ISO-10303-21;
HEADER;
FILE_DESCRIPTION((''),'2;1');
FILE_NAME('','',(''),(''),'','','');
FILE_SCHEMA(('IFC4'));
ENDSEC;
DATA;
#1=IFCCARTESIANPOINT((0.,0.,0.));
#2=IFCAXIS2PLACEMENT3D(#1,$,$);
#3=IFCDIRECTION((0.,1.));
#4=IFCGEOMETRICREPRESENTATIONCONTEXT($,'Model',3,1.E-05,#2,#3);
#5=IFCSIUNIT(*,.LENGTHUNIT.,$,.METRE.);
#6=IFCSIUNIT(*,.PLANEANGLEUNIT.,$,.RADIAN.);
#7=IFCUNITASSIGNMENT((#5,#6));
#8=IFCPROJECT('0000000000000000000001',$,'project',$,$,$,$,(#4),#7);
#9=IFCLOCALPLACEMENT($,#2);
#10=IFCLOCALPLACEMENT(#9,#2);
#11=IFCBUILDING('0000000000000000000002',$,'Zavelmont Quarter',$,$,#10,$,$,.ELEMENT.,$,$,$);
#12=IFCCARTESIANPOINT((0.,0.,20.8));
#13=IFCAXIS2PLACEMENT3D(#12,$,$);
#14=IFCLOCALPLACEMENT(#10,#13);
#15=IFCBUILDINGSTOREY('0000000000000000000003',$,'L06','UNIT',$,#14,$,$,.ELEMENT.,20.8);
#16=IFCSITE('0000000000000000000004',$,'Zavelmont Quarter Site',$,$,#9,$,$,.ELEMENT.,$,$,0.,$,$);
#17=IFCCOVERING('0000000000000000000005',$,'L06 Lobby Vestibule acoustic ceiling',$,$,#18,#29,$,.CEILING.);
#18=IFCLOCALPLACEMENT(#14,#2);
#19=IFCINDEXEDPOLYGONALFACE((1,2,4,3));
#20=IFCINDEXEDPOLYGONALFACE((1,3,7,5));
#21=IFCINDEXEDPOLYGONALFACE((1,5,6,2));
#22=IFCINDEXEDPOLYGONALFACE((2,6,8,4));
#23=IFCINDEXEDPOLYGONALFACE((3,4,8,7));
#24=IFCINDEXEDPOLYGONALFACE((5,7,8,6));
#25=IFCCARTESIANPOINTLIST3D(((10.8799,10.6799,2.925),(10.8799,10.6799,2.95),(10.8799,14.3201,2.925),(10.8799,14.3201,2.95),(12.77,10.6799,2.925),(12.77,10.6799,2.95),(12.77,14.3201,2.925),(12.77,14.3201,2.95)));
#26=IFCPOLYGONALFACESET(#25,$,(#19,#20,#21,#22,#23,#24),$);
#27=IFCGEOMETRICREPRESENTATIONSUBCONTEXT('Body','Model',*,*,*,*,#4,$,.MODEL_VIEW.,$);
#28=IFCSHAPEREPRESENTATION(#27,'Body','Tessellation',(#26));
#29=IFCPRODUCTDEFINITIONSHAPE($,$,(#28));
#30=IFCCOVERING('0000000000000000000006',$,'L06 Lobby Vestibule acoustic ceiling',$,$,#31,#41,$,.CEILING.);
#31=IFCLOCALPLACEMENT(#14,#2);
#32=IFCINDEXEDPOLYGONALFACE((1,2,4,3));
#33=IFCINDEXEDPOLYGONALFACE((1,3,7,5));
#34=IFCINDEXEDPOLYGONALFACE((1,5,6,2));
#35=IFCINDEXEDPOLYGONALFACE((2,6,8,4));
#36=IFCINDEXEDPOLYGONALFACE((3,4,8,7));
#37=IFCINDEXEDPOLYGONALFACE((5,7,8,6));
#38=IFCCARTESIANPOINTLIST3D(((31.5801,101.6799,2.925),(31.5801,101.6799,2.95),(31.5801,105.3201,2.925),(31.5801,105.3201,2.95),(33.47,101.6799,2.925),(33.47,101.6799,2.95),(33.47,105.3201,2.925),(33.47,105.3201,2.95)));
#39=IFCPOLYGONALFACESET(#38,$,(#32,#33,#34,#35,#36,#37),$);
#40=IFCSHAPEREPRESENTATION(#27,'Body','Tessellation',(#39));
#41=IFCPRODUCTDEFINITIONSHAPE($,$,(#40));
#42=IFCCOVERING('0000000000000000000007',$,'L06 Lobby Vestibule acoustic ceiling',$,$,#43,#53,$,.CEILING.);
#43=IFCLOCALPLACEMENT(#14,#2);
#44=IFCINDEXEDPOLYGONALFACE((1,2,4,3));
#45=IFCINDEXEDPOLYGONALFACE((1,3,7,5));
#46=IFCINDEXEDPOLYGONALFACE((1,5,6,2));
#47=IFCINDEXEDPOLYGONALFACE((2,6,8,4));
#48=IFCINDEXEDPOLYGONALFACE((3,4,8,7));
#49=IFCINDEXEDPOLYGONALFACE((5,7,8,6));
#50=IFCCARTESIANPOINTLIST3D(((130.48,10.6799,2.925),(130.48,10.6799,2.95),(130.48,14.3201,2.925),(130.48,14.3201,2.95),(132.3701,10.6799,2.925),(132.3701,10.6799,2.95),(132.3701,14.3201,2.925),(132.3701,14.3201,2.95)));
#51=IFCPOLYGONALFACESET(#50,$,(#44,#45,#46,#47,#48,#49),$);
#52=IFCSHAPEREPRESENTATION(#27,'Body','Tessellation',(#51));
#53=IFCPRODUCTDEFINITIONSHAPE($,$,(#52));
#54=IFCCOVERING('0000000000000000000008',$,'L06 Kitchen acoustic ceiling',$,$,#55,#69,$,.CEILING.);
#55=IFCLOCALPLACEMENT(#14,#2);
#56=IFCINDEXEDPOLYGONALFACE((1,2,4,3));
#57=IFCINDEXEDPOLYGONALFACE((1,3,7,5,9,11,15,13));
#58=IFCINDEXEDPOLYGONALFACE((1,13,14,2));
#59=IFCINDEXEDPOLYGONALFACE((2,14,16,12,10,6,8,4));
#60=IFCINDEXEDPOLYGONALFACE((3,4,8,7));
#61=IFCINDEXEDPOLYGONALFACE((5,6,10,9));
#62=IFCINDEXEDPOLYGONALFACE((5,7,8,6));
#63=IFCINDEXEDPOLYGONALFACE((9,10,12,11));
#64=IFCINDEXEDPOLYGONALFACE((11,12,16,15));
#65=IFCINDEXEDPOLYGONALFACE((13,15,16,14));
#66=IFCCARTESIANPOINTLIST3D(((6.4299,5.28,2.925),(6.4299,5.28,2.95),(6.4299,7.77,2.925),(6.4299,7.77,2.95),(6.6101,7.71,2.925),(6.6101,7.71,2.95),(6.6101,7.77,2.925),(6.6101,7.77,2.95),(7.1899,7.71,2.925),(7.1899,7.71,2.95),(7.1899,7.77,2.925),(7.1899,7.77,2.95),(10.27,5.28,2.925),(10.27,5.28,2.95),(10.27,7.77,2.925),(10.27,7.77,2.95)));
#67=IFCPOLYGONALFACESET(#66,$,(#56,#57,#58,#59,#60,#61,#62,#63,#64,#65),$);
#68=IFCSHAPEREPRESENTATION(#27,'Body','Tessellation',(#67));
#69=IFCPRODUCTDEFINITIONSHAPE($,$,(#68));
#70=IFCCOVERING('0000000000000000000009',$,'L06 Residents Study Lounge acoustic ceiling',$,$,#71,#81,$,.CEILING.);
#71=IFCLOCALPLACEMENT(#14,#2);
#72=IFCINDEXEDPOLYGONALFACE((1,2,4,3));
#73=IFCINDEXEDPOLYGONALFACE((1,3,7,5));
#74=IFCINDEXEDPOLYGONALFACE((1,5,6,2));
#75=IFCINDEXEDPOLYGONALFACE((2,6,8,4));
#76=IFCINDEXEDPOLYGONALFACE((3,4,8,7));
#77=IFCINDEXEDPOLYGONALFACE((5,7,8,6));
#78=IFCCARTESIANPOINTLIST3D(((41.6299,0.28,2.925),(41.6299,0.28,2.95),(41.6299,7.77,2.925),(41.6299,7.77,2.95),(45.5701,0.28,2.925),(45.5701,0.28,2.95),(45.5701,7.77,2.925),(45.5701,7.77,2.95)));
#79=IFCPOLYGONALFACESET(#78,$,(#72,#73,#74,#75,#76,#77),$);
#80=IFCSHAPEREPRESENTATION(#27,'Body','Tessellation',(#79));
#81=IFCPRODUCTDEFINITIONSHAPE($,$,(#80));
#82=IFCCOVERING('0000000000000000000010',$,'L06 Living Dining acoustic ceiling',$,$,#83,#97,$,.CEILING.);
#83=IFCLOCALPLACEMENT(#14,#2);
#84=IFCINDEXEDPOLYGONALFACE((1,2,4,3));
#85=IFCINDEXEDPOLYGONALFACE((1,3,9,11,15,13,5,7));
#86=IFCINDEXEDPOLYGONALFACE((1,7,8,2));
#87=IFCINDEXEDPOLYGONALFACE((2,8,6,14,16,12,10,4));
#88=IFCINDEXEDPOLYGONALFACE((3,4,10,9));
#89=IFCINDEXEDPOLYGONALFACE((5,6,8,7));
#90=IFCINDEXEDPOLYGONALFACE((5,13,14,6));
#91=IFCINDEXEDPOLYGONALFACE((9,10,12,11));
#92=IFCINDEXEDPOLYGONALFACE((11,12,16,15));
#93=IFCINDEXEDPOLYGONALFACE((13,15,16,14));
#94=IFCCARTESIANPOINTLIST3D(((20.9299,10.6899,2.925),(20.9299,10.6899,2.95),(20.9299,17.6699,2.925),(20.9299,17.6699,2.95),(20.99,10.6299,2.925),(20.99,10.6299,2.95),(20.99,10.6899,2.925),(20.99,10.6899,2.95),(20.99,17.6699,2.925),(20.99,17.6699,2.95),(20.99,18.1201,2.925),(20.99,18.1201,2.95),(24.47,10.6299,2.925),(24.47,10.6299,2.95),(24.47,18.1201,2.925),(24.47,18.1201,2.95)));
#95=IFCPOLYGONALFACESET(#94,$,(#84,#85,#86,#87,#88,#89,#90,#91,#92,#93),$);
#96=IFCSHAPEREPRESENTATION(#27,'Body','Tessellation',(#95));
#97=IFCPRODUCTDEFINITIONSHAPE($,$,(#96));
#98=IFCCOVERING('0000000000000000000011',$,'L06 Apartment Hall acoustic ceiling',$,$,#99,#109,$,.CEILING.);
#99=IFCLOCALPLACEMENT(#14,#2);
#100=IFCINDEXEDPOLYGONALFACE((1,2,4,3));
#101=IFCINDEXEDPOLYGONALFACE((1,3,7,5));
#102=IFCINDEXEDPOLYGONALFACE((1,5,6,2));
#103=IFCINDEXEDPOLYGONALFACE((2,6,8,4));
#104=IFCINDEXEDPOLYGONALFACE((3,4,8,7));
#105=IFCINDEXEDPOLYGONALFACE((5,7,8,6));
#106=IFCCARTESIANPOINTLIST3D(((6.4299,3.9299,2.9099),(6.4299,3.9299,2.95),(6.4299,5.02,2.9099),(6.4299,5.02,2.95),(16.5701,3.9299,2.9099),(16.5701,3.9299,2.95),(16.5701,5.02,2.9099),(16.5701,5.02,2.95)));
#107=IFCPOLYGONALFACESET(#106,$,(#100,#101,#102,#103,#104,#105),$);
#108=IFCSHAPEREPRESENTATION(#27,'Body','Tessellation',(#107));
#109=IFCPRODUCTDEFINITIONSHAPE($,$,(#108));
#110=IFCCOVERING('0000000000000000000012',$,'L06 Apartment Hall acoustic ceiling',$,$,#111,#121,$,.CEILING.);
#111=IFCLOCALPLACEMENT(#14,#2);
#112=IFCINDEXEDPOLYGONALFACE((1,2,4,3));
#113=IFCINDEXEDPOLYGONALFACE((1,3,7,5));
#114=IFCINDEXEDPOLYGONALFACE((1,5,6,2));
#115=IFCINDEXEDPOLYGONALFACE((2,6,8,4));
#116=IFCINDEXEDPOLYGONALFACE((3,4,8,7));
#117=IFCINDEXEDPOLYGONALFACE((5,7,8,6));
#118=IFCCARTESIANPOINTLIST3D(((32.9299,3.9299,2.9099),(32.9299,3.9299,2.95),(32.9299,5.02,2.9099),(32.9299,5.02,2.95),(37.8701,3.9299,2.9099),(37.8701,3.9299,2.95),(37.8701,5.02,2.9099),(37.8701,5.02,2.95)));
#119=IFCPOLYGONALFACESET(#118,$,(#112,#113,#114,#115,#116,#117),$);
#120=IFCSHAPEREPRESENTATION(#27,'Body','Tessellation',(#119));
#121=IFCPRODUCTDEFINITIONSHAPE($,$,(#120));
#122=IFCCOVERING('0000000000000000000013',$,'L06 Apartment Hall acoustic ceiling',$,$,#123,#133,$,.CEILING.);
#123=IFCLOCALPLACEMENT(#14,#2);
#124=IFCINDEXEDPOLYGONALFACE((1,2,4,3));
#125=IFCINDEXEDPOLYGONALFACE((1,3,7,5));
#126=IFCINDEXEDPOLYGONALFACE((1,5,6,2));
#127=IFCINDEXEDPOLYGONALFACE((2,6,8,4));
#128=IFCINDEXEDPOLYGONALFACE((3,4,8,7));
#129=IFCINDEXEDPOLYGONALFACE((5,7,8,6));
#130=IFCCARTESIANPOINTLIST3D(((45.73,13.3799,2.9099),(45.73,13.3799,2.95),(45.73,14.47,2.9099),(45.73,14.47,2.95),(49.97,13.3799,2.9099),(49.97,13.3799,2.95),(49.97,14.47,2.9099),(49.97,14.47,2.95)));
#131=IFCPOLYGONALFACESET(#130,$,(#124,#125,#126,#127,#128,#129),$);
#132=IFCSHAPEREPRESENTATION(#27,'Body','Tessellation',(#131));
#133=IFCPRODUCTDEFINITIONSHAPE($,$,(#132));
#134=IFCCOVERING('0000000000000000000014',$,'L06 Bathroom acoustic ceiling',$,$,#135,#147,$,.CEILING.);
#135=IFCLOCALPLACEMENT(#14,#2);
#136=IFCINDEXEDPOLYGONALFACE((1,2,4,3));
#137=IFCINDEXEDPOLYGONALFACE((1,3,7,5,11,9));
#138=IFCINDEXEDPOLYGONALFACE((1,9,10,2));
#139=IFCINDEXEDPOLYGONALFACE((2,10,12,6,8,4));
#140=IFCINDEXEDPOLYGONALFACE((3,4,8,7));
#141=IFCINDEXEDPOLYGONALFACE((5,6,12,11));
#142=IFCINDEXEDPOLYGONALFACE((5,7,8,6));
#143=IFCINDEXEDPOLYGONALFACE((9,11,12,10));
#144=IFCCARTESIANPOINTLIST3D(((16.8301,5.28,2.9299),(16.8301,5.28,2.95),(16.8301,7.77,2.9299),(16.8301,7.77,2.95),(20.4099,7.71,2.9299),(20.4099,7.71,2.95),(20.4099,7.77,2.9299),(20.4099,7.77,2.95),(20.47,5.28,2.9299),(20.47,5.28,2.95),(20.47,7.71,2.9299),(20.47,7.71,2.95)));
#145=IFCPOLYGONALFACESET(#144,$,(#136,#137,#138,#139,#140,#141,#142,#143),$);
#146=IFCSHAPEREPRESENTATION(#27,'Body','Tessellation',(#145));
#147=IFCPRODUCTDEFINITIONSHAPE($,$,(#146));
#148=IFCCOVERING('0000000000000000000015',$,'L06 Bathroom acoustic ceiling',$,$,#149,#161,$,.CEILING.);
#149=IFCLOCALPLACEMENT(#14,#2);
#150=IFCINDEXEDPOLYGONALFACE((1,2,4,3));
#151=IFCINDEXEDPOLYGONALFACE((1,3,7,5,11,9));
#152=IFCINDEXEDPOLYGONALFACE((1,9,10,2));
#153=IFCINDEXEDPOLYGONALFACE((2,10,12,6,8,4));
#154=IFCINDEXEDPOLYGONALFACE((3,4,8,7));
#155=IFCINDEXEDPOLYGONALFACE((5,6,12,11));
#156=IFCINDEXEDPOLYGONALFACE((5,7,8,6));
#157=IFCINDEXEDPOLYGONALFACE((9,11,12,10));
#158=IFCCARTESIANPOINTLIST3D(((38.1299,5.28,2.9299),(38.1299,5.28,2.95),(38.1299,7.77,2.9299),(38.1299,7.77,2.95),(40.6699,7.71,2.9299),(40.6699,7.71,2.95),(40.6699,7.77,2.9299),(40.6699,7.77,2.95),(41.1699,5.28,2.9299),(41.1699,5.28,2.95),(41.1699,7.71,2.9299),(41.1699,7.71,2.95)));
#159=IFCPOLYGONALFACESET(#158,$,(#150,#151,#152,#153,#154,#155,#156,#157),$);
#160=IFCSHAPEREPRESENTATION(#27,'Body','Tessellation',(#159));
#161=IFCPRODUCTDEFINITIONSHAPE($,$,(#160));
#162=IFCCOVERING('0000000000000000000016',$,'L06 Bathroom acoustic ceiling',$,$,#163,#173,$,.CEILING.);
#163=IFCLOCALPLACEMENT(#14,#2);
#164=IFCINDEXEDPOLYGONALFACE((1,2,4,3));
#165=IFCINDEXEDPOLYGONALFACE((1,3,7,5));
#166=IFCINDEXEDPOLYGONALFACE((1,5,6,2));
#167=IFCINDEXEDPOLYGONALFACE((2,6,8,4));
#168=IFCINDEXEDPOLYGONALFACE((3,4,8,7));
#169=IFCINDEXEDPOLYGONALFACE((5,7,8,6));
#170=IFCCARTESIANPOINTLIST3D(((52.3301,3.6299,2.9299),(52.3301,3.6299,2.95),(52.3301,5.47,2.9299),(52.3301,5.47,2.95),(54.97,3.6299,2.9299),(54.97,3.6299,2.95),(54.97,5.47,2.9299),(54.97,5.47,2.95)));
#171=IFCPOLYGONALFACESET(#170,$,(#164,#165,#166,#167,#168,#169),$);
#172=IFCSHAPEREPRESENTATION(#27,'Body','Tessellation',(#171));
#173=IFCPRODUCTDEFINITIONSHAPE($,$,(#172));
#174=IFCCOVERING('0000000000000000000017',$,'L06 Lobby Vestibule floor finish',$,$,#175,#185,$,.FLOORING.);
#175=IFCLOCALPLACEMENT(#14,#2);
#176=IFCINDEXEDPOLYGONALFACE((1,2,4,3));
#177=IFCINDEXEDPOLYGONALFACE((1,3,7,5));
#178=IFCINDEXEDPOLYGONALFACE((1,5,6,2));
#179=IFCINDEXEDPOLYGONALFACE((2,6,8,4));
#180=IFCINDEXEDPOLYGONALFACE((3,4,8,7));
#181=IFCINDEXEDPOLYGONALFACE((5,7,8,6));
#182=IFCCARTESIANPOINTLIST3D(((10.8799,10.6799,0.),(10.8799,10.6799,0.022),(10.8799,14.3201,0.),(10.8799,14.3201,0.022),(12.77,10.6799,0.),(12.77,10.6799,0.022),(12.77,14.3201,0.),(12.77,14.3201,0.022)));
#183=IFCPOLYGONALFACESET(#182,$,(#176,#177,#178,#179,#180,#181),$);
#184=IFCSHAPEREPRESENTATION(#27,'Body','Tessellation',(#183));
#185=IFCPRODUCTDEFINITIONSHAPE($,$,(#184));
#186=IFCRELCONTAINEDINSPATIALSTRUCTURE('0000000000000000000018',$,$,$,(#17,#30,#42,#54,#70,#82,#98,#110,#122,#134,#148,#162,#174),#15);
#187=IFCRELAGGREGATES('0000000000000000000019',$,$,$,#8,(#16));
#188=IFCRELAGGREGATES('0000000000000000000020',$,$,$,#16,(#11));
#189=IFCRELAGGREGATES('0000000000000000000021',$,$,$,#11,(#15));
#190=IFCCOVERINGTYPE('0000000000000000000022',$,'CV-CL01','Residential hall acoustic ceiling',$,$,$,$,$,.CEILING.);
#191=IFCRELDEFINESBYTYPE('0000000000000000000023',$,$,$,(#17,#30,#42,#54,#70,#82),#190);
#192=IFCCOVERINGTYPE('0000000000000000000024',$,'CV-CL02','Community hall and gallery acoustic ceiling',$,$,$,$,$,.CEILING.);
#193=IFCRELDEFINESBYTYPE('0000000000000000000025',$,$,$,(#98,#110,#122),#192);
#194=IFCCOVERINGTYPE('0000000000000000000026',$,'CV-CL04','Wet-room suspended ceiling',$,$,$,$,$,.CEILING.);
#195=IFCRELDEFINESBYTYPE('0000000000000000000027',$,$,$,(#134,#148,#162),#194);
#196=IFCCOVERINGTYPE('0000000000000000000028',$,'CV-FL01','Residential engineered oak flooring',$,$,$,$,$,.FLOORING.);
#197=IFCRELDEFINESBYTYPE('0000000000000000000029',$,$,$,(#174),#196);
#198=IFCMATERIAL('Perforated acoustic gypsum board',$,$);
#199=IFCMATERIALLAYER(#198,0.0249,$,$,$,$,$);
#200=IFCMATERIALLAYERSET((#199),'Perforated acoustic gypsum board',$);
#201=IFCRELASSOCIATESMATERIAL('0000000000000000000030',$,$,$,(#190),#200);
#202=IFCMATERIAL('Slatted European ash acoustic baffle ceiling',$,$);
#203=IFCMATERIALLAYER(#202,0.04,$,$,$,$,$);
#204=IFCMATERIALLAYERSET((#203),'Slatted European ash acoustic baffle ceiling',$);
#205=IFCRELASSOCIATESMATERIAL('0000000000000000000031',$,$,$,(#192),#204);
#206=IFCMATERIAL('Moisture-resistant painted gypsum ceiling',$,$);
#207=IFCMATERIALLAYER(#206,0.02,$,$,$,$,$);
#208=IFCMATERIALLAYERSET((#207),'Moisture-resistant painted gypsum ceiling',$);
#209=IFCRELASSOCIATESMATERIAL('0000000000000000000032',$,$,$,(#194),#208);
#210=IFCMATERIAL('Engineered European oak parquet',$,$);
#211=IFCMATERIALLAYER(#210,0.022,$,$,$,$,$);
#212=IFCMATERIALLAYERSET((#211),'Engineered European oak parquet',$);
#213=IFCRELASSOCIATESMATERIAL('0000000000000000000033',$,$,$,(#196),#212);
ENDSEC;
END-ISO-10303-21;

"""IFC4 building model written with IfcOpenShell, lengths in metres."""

from ifc_helpers import new_model, si_unit, direction, frame, origin, place, context, subcontext, project, spatial, polyline, outline, extrude, material, layer, layer_set, type_object, element, save


model = new_model("IFC4")

# Units and contexts
model_context = context("Model", 3, precision=1e-05, world=origin(), true_north=direction((0.0, 1.0)))
body_context = subcontext(model_context, "Body", "Model", "MODEL_VIEW")
ifc_project = project(units=[si_unit("LENGTHUNIT", "METRE"), si_unit("PLANEANGLEUNIT", "RADIAN")], contexts=[model_context])

# Site, building, storey
site_placement = place(None, origin())
site = spatial("IfcSite", under=ifc_project, at=site_placement, Name="Zavelmont Quarter Site", CompositionType="ELEMENT", RefElevation=0.0)
building_placement = place(site_placement, origin())
building = spatial("IfcBuilding", under=site, at=building_placement, Name="Zavelmont Quarter", CompositionType="ELEMENT")
storey_placement = place(building_placement, frame((0.0, 0.0, 20.8)))
storey = spatial("IfcBuildingStorey", under=building, at=storey_placement, Name="L06", Description="UNIT", CompositionType="ELEMENT", Elevation=20.8)

# Coverings
ifc_material_1 = material(Name="Perforated acoustic gypsum board")
ifc_layer_1 = layer(ifc_material_1, 0.0249)
ifc_layer_set_1 = layer_set([ifc_layer_1], Name="Perforated acoustic gypsum board")
covering_type_1 = type_object("IfcCoveringType", Name="CV-CL01", Description="Residential hall acoustic ceiling", PredefinedType="CEILING", material=ifc_layer_set_1)
covering_1_placement = place(storey_placement, frame((0.0, 0.0, 2.925)))
element("IfcCovering", 1, at=covering_1_placement, inside=storey, type_object=covering_type_1, Name="L06 Lobby Vestibule acoustic ceiling", PredefinedType="CEILING", context=body_context, shape_type="SweptSolid", body=[
    extrude(outline(polyline([(10.8799, 14.3201), (12.77, 14.3201), (12.77, 10.6799), (10.8799, 10.6799), (10.8799, 14.3201)])), origin(), (0.0, 0.0, 1.0), 0.0249),
])
covering_2_placement = place(storey_placement, frame((0.0, 0.0, 2.925)))
element("IfcCovering", 2, at=covering_2_placement, inside=storey, type_object=covering_type_1, Name="L06 Lobby Vestibule acoustic ceiling", PredefinedType="CEILING", context=body_context, shape_type="SweptSolid", body=[
    extrude(outline(polyline([(31.5801, 105.3201), (33.47, 105.3201), (33.47, 101.6799), (31.5801, 101.6799), (31.5801, 105.3201)])), origin(), (0.0, 0.0, 1.0), 0.0249),
])
covering_3_placement = place(storey_placement, frame((0.0, 0.0, 2.925)))
element("IfcCovering", 3, at=covering_3_placement, inside=storey, type_object=covering_type_1, Name="L06 Lobby Vestibule acoustic ceiling", PredefinedType="CEILING", context=body_context, shape_type="SweptSolid", body=[
    extrude(outline(polyline([(130.48, 14.3201), (132.3701, 14.3201), (132.3701, 10.6799), (130.48, 10.6799), (130.48, 14.3201)])), origin(), (0.0, 0.0, 1.0), 0.0249),
])
covering_4_placement = place(storey_placement, frame((0.0, 0.0, 2.925)))
element("IfcCovering", 4, at=covering_4_placement, inside=storey, type_object=covering_type_1, Name="L06 Kitchen acoustic ceiling", PredefinedType="CEILING", context=body_context, shape_type="SweptSolid", body=[
    extrude(outline(polyline([(6.4299, 7.77), (6.6101, 7.77), (6.6101, 7.71), (7.1899, 7.71), (7.1899, 7.77), (10.27, 7.77), (10.27, 5.28), (6.4299, 5.28), (6.4299, 7.77)])), origin(), (0.0, 0.0, 1.0), 0.0249),
])
covering_5_placement = place(storey_placement, frame((0.0, 0.0, 2.925)))
element("IfcCovering", 5, at=covering_5_placement, inside=storey, type_object=covering_type_1, Name="L06 Residents Study Lounge acoustic ceiling", PredefinedType="CEILING", context=body_context, shape_type="SweptSolid", body=[
    extrude(outline(polyline([(41.6299, 7.77), (45.5701, 7.77), (45.5701, 0.28), (41.6299, 0.28), (41.6299, 7.77)])), origin(), (0.0, 0.0, 1.0), 0.0249),
])
covering_6_placement = place(storey_placement, frame((0.0, 0.0, 2.925)))
element("IfcCovering", 6, at=covering_6_placement, inside=storey, type_object=covering_type_1, Name="L06 Living Dining acoustic ceiling", PredefinedType="CEILING", context=body_context, shape_type="SweptSolid", body=[
    extrude(outline(polyline([(20.9299, 17.6699), (20.99, 17.6699), (20.99, 18.1201), (24.47, 18.1201), (24.47, 10.6299), (20.99, 10.6299), (20.99, 10.6899), (20.9299, 10.6899), (20.9299, 17.6699)])), origin(), (0.0, 0.0, 1.0), 0.0249),
])
ifc_material_2 = material(Name="Slatted European ash acoustic baffle ceiling")
ifc_layer_2 = layer(ifc_material_2, 0.04)
ifc_layer_set_2 = layer_set([ifc_layer_2], Name="Slatted European ash acoustic baffle ceiling")
covering_type_2 = type_object("IfcCoveringType", Name="CV-CL02", Description="Community hall and gallery acoustic ceiling", PredefinedType="CEILING", material=ifc_layer_set_2)
covering_7_placement = place(storey_placement, frame((0.0, 0.0, 2.9099)))
element("IfcCovering", 7, at=covering_7_placement, inside=storey, type_object=covering_type_2, Name="L06 Apartment Hall acoustic ceiling", PredefinedType="CEILING", context=body_context, shape_type="SweptSolid", body=[
    extrude(outline(polyline([(6.4299, 5.02), (16.5701, 5.02), (16.5701, 3.9299), (6.4299, 3.9299), (6.4299, 5.02)])), origin(), (0.0, 0.0, 1.0), 0.04),
])
covering_8_placement = place(storey_placement, frame((0.0, 0.0, 2.9099)))
element("IfcCovering", 8, at=covering_8_placement, inside=storey, type_object=covering_type_2, Name="L06 Apartment Hall acoustic ceiling", PredefinedType="CEILING", context=body_context, shape_type="SweptSolid", body=[
    extrude(outline(polyline([(32.9299, 5.02), (37.8701, 5.02), (37.8701, 3.9299), (32.9299, 3.9299), (32.9299, 5.02)])), origin(), (0.0, 0.0, 1.0), 0.04),
])
covering_9_placement = place(storey_placement, frame((0.0, 0.0, 2.9099)))
element("IfcCovering", 9, at=covering_9_placement, inside=storey, type_object=covering_type_2, Name="L06 Apartment Hall acoustic ceiling", PredefinedType="CEILING", context=body_context, shape_type="SweptSolid", body=[
    extrude(outline(polyline([(45.73, 14.47), (49.97, 14.47), (49.97, 13.3799), (45.73, 13.3799), (45.73, 14.47)])), origin(), (0.0, 0.0, 1.0), 0.04),
])
ifc_material_3 = material(Name="Moisture-resistant painted gypsum ceiling")
ifc_layer_3 = layer(ifc_material_3, 0.02)
ifc_layer_set_3 = layer_set([ifc_layer_3], Name="Moisture-resistant painted gypsum ceiling")
covering_type_3 = type_object("IfcCoveringType", Name="CV-CL04", Description="Wet-room suspended ceiling", PredefinedType="CEILING", material=ifc_layer_set_3)
covering_10_placement = place(storey_placement, frame((0.0, 0.0, 2.9299)))
element("IfcCovering", 10, at=covering_10_placement, inside=storey, type_object=covering_type_3, Name="L06 Bathroom acoustic ceiling", PredefinedType="CEILING", context=body_context, shape_type="SweptSolid", body=[
    extrude(outline(polyline([(16.8301, 7.77), (20.4099, 7.77), (20.4099, 7.71), (20.47, 7.71), (20.47, 5.28), (16.8301, 5.28), (16.8301, 7.77)])), origin(), (0.0, 0.0, 1.0), 0.02),
])
covering_11_placement = place(storey_placement, frame((0.0, 0.0, 2.9299)))
element("IfcCovering", 11, at=covering_11_placement, inside=storey, type_object=covering_type_3, Name="L06 Bathroom acoustic ceiling", PredefinedType="CEILING", context=body_context, shape_type="SweptSolid", body=[
    extrude(outline(polyline([(38.1299, 7.77), (40.6699, 7.77), (40.6699, 7.71), (41.1699, 7.71), (41.1699, 5.28), (38.1299, 5.28), (38.1299, 7.77)])), origin(), (0.0, 0.0, 1.0), 0.02),
])
covering_12_placement = place(storey_placement, frame((0.0, 0.0, 2.9299)))
element("IfcCovering", 12, at=covering_12_placement, inside=storey, type_object=covering_type_3, Name="L06 Bathroom acoustic ceiling", PredefinedType="CEILING", context=body_context, shape_type="SweptSolid", body=[
    extrude(outline(polyline([(52.3301, 5.47), (54.97, 5.47), (54.97, 3.6299), (52.3301, 3.6299), (52.3301, 5.47)])), origin(), (0.0, 0.0, 1.0), 0.02),
])
ifc_material_4 = material(Name="Engineered European oak parquet")
ifc_layer_4 = layer(ifc_material_4, 0.022)
ifc_layer_set_4 = layer_set([ifc_layer_4], Name="Engineered European oak parquet")
covering_type_4 = type_object("IfcCoveringType", Name="CV-FL01", Description="Residential engineered oak flooring", PredefinedType="FLOORING", material=ifc_layer_set_4)
covering_13_placement = place(storey_placement, origin())
element("IfcCovering", 13, at=covering_13_placement, inside=storey, type_object=covering_type_4, Name="L06 Lobby Vestibule floor finish", PredefinedType="FLOORING", context=body_context, shape_type="SweptSolid", body=[
    extrude(outline(polyline([(10.8799, 14.3201), (12.77, 14.3201), (12.77, 10.6799), (10.8799, 10.6799), (10.8799, 14.3201)])), origin(), (0.0, 0.0, 1.0), 0.022),
])

save(model, "model.ifc")
